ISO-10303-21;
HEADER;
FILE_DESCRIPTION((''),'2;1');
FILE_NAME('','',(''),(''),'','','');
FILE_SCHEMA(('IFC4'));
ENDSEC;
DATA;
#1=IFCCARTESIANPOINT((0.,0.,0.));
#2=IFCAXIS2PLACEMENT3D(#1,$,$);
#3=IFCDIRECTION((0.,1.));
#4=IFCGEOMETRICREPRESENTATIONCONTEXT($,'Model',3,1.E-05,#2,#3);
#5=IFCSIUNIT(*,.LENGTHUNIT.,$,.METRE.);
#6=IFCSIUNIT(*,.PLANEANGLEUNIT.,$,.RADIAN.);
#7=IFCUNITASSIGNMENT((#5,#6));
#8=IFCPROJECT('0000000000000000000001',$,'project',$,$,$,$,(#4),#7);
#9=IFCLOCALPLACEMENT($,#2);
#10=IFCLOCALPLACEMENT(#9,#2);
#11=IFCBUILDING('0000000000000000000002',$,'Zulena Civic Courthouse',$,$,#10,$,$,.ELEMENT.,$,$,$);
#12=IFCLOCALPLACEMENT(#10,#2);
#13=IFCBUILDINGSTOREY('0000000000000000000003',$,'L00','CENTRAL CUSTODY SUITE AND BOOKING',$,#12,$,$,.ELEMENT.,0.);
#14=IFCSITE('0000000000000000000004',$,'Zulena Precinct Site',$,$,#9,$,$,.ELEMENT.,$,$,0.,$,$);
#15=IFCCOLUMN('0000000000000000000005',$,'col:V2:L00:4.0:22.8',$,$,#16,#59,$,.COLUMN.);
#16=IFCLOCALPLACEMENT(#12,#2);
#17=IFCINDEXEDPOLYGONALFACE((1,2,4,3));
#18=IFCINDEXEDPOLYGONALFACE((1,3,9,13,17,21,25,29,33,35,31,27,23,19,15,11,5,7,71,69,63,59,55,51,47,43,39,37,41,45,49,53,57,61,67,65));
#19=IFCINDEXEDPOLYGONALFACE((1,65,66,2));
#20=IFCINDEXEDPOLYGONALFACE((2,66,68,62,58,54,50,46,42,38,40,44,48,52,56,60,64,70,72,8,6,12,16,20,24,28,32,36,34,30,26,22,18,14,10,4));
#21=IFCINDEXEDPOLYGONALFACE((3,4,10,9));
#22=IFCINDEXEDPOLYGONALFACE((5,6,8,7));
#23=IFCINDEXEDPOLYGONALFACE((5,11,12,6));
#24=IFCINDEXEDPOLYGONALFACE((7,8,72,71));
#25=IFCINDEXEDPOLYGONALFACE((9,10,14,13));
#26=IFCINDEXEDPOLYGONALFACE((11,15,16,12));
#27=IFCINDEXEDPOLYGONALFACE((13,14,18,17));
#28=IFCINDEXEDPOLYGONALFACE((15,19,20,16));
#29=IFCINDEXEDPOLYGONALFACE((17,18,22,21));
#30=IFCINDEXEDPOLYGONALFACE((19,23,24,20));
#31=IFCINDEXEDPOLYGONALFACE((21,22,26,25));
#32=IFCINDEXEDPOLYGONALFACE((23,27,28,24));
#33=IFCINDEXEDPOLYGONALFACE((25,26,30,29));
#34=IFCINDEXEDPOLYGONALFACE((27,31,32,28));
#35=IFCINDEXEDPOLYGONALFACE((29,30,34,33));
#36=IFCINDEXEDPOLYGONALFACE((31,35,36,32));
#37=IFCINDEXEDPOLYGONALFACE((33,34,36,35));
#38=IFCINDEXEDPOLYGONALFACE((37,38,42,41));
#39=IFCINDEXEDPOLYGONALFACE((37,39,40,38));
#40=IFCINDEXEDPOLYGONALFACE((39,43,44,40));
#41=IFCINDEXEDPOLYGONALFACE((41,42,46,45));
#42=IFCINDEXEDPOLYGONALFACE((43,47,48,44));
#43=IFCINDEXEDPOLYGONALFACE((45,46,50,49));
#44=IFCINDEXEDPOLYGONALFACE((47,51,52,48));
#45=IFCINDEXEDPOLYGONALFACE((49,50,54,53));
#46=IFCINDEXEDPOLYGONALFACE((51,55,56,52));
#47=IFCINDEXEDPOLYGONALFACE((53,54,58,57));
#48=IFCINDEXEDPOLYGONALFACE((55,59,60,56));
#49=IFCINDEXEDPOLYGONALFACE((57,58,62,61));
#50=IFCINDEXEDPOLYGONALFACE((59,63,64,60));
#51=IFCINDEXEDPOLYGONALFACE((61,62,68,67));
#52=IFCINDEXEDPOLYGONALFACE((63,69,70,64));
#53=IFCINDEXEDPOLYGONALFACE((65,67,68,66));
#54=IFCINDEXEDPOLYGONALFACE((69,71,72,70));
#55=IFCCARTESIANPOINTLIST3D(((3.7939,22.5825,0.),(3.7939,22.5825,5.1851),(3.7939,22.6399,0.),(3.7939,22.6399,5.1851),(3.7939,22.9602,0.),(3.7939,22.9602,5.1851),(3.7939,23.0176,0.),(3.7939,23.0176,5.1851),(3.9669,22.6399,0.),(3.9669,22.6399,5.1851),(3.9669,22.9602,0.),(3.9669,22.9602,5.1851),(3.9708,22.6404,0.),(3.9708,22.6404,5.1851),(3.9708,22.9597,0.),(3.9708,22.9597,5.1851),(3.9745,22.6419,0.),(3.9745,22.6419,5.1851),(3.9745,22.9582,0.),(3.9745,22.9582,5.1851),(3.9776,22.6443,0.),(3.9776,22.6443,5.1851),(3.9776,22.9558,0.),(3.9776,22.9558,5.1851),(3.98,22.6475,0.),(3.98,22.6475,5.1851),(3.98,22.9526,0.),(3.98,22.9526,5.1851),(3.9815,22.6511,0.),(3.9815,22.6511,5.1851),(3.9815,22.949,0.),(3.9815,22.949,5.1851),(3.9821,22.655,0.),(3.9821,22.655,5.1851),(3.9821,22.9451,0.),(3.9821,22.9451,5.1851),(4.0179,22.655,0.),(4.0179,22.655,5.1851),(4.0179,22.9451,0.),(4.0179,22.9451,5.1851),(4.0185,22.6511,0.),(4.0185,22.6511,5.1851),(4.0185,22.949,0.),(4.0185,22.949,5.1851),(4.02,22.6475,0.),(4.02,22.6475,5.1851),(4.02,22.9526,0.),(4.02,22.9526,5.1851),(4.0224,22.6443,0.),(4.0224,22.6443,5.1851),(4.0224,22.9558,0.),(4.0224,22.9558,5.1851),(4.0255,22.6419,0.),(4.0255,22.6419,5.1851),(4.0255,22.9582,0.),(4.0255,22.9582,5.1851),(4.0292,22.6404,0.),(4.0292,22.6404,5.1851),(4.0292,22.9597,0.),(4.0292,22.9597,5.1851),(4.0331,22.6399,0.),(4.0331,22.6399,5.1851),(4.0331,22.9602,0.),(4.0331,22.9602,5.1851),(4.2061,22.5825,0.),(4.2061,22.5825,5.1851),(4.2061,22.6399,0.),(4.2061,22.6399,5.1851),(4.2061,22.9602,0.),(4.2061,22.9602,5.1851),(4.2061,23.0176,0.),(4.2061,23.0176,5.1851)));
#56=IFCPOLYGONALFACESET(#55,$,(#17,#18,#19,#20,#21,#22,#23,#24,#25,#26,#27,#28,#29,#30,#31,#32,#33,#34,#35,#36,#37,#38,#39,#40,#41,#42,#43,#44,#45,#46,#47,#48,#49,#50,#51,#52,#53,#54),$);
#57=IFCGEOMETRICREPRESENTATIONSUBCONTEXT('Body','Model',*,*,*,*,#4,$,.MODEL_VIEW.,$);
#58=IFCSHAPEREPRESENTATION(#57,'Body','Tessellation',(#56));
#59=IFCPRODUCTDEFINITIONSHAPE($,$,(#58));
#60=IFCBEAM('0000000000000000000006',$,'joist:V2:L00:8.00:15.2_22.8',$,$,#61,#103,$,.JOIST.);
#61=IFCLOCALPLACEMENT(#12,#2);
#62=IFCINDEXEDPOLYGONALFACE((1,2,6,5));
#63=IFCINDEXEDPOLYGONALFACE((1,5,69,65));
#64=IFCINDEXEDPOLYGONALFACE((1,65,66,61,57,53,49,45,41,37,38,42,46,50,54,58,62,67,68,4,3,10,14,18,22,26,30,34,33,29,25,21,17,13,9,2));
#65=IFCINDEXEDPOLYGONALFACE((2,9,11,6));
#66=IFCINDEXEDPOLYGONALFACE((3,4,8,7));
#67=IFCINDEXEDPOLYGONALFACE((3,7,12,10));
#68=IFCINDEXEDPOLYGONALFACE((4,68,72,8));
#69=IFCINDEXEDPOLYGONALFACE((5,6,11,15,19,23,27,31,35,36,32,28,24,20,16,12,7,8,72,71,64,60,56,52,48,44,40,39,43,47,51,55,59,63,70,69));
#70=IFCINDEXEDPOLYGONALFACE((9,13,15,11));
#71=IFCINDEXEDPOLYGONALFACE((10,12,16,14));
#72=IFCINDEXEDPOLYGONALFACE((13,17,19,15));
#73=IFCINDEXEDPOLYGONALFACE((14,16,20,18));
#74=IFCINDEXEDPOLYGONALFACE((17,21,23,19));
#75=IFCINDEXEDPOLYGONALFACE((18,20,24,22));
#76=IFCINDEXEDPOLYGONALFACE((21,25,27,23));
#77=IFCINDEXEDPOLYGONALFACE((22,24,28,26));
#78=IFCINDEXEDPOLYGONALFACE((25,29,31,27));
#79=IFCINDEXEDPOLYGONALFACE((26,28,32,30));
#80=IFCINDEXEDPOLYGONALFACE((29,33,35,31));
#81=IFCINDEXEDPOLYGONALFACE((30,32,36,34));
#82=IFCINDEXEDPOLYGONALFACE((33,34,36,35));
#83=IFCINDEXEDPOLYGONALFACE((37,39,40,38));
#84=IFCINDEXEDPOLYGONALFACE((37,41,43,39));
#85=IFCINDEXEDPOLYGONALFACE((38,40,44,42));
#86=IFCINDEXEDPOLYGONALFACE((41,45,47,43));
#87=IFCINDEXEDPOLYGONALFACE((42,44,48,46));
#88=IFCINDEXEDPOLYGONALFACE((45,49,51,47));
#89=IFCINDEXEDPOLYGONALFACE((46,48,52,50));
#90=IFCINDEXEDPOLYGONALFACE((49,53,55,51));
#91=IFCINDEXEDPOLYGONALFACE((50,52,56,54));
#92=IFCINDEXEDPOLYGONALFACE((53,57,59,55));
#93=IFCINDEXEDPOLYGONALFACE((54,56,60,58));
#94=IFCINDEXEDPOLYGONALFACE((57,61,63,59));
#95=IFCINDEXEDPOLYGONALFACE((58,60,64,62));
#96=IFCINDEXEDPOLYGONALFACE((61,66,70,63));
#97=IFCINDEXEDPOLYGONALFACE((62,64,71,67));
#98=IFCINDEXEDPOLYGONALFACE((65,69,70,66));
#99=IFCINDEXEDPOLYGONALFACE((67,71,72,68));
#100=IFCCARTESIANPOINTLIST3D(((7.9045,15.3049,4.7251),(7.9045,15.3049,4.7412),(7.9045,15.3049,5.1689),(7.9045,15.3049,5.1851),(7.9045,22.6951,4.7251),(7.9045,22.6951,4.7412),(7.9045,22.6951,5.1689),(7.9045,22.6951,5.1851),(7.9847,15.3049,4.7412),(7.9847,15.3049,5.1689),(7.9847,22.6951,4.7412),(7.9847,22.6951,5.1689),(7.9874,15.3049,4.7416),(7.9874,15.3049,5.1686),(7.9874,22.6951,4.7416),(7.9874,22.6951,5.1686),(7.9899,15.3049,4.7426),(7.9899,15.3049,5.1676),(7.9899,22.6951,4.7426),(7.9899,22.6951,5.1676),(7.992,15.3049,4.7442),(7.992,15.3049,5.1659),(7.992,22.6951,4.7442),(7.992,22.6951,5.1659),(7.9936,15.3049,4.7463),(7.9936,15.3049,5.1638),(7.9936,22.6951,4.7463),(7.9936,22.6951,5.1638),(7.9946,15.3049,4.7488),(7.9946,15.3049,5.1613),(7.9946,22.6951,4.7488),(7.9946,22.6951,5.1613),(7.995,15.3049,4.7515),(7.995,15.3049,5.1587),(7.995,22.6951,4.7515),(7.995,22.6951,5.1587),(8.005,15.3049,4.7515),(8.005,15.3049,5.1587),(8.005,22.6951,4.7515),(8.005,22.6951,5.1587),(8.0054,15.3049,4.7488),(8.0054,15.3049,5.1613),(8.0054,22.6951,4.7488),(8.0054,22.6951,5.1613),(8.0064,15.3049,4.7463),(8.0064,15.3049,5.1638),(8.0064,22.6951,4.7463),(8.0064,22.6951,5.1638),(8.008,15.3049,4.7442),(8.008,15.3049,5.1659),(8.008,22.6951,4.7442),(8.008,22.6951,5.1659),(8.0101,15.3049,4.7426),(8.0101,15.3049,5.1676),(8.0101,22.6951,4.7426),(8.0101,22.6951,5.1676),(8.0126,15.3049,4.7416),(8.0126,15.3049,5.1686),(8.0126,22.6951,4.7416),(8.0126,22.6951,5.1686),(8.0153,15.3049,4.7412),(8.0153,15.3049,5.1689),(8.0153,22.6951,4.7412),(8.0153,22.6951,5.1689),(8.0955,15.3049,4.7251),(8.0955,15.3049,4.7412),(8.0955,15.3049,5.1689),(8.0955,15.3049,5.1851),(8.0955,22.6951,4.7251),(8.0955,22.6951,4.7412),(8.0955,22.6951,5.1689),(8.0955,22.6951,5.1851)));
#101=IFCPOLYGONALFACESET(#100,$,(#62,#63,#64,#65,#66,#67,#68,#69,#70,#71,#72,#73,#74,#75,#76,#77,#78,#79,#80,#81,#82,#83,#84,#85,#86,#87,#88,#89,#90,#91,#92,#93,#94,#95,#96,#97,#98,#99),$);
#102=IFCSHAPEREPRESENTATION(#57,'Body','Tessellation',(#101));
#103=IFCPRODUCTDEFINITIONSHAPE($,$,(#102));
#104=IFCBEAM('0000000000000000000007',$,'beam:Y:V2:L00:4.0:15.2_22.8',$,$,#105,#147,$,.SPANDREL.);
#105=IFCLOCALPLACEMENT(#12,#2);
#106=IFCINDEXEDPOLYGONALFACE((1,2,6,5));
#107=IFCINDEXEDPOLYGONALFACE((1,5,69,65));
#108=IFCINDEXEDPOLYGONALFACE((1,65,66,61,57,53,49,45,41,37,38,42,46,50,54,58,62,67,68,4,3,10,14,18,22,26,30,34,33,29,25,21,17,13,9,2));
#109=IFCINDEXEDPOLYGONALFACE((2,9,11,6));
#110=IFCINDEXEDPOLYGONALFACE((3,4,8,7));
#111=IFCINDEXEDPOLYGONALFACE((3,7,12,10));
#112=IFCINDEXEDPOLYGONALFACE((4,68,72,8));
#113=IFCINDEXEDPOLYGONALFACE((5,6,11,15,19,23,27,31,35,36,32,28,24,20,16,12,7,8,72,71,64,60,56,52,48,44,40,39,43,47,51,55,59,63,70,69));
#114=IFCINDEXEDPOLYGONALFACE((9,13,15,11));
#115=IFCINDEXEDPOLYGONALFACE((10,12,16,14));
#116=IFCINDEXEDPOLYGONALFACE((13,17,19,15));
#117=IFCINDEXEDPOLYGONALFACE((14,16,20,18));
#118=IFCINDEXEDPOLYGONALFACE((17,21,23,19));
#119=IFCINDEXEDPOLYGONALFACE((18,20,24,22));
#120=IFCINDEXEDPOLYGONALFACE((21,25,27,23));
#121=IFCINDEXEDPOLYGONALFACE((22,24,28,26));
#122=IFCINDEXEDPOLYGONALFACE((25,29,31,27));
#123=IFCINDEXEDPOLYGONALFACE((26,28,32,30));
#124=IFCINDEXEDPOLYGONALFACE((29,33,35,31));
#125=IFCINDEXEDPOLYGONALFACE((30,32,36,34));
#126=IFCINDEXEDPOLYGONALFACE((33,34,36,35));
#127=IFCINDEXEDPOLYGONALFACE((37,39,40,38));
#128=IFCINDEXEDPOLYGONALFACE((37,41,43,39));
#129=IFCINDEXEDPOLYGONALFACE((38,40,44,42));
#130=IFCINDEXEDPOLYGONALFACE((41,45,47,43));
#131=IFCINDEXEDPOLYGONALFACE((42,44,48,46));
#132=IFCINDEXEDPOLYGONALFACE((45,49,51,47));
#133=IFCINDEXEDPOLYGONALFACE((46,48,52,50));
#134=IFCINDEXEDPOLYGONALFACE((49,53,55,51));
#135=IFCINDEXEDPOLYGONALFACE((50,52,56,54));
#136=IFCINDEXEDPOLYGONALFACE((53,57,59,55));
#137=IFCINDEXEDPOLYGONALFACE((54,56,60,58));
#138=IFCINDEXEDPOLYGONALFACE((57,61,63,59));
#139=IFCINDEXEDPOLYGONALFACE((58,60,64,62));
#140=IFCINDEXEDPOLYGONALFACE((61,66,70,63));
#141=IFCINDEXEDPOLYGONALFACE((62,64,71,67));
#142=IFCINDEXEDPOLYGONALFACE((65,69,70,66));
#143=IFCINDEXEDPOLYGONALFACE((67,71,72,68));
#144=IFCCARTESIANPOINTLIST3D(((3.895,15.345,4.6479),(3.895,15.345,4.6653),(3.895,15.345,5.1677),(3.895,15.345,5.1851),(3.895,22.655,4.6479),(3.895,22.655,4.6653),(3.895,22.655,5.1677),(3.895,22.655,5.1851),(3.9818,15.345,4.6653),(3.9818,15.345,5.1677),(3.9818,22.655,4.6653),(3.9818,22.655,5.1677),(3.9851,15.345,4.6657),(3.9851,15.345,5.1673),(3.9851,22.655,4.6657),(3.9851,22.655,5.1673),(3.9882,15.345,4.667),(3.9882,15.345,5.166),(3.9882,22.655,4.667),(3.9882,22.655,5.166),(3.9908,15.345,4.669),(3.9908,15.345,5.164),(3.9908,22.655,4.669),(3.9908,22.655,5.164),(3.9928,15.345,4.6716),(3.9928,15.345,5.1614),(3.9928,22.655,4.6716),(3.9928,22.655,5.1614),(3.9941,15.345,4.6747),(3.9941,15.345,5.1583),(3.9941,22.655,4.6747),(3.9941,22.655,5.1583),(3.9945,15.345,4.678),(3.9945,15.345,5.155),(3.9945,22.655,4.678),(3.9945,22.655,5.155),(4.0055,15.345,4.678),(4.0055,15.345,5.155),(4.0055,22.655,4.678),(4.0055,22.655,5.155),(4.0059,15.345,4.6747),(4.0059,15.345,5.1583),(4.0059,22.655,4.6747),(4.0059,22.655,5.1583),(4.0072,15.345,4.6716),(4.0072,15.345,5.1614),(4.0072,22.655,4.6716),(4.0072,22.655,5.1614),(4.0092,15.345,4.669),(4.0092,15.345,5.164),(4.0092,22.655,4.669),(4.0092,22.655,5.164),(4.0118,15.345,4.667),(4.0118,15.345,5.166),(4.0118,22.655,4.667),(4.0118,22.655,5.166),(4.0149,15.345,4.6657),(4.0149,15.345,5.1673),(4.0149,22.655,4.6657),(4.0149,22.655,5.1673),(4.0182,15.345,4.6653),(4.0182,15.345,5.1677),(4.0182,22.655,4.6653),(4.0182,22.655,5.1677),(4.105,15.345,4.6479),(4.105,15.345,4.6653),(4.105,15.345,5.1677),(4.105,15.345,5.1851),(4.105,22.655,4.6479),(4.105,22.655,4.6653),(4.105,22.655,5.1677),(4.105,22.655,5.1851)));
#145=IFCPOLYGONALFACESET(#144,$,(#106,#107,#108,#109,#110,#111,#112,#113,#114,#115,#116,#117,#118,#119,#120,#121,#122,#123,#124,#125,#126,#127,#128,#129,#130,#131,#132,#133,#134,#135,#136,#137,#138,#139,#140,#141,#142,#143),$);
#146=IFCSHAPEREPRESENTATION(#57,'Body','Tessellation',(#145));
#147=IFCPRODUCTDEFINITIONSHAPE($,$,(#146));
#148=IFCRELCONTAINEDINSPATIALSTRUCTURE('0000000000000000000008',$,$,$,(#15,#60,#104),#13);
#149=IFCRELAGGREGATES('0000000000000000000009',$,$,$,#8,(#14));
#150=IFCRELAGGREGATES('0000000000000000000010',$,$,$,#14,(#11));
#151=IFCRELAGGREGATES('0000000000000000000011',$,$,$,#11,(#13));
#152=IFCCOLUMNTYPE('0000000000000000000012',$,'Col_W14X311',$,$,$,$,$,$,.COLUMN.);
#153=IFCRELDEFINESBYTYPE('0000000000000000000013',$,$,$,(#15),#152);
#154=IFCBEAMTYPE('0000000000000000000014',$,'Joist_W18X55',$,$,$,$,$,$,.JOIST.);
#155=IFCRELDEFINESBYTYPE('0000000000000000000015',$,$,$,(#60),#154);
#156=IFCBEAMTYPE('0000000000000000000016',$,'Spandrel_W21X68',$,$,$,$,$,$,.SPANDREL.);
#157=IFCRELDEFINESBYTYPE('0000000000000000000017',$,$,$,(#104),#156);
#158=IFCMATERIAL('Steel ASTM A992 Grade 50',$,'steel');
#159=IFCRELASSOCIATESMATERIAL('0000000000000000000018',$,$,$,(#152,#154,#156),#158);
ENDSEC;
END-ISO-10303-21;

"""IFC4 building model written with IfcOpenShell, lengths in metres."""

from ifc_helpers import new_model, si_unit, direction, frame, origin, origin_2d, place, context, subcontext, project, spatial, i_section, extrude, material, material_profile, profile_set, type_object, element, save


model = new_model("IFC4")

# Units and contexts
model_context = context("Model", 3, precision=1e-05, world=origin(), true_north=direction((0.0, 1.0)))
body_context = subcontext(model_context, "Body", "Model", "MODEL_VIEW")
ifc_project = project(units=[si_unit("LENGTHUNIT", "METRE"), si_unit("PLANEANGLEUNIT", "RADIAN")], contexts=[model_context])

# Site, building, storey
site_placement = place(None, origin())
site = spatial("IfcSite", under=ifc_project, at=site_placement, Name="Zulena Precinct Site", CompositionType="ELEMENT", RefElevation=0.0)
building_placement = place(site_placement, origin())
building = spatial("IfcBuilding", under=site, at=building_placement, Name="Zulena Civic Courthouse", CompositionType="ELEMENT")
storey_placement = place(building_placement, origin())
storey = spatial("IfcBuildingStorey", under=building, at=storey_placement, Name="L00", Description="CENTRAL CUSTODY SUITE AND BOOKING", CompositionType="ELEMENT", Elevation=0.0)

# Column
ifc_material_1 = material(Name="Steel ASTM A992 Grade 50", Category="steel")
ifc_material_profile_1 = material_profile(ifc_material_1, i_section(OverallWidth=0.4121, OverallDepth=0.4351, WebThickness=0.0359, FlangeThickness=0.0574, FilletRadius=0.0151, at=origin_2d()), Name="W14X311")
ifc_profile_set_1 = profile_set([ifc_material_profile_1], Name="Steel ASTM A992 Grade 50")
column_type = type_object("IfcColumnType", Name="Col_W14X311", PredefinedType="COLUMN", material=ifc_profile_set_1)
column_placement = place(storey_placement, frame((4.0, 22.8, 0.0), z_axis=(0.0, 0.0, 1.0), x_axis=(1.0, 0.0, 0.0)))
element("IfcColumn", 1, at=column_placement, inside=storey, type_object=column_type, Name="col:V2:L00:4.0:22.8", PredefinedType="COLUMN", context=body_context, shape_type="SweptSolid", body=[
    extrude(i_section(OverallWidth=0.4121, OverallDepth=0.4351, WebThickness=0.0359, FlangeThickness=0.0574, FilletRadius=0.0151, at=origin_2d()), origin(), (0.0, 0.0, 1.0), 5.1851),
])

# Beams
ifc_material_profile_2 = material_profile(ifc_material_1, i_section(OverallWidth=0.1909, OverallDepth=0.46, WebThickness=0.01, FlangeThickness=0.0161, FilletRadius=0.0103, at=origin_2d()), Name="W18X55")
ifc_profile_set_2 = profile_set([ifc_material_profile_2], Name="Steel ASTM A992 Grade 50")
beam_type_1 = type_object("IfcBeamType", Name="Joist_W18X55", PredefinedType="JOIST", material=ifc_profile_set_2)
beam_1_placement = place(storey_placement, frame((8.0, 15.3049, 4.9551), z_axis=(0.0, 1.0, 0.0), x_axis=(-1.0, 0.0, 0.0)))
element("IfcBeam", 2, at=beam_1_placement, inside=storey, type_object=beam_type_1, Name="joist:V2:L00:8.00:15.2_22.8", PredefinedType="JOIST", context=body_context, shape_type="SweptSolid", body=[
    extrude(i_section(OverallWidth=0.1909, OverallDepth=0.46, WebThickness=0.01, FlangeThickness=0.0161, FilletRadius=0.0103, at=origin_2d()), origin(), (0.0, 0.0, 1.0), 7.3901),
])
ifc_material_profile_3 = material_profile(ifc_material_1, i_section(OverallWidth=0.21, OverallDepth=0.5371, WebThickness=0.011, FlangeThickness=0.0173, FilletRadius=0.0127, at=origin_2d()), Name="W21X68")
ifc_profile_set_3 = profile_set([ifc_material_profile_3], Name="Steel ASTM A992 Grade 50")
beam_type_2 = type_object("IfcBeamType", Name="Spandrel_W21X68", PredefinedType="SPANDREL", material=ifc_profile_set_3)
beam_2_placement = place(storey_placement, frame((4.0, 15.345, 4.9165), z_axis=(0.0, 1.0, 0.0), x_axis=(-1.0, 0.0, 0.0)))
element("IfcBeam", 3, at=beam_2_placement, inside=storey, type_object=beam_type_2, Name="beam:Y:V2:L00:4.0:15.2_22.8", PredefinedType="SPANDREL", context=body_context, shape_type="SweptSolid", body=[
    extrude(i_section(OverallWidth=0.21, OverallDepth=0.5371, WebThickness=0.011, FlangeThickness=0.0173, FilletRadius=0.0127, at=origin_2d()), origin(), (0.0, 0.0, 1.0), 7.3101),
])

save(model, "model.ifc")
